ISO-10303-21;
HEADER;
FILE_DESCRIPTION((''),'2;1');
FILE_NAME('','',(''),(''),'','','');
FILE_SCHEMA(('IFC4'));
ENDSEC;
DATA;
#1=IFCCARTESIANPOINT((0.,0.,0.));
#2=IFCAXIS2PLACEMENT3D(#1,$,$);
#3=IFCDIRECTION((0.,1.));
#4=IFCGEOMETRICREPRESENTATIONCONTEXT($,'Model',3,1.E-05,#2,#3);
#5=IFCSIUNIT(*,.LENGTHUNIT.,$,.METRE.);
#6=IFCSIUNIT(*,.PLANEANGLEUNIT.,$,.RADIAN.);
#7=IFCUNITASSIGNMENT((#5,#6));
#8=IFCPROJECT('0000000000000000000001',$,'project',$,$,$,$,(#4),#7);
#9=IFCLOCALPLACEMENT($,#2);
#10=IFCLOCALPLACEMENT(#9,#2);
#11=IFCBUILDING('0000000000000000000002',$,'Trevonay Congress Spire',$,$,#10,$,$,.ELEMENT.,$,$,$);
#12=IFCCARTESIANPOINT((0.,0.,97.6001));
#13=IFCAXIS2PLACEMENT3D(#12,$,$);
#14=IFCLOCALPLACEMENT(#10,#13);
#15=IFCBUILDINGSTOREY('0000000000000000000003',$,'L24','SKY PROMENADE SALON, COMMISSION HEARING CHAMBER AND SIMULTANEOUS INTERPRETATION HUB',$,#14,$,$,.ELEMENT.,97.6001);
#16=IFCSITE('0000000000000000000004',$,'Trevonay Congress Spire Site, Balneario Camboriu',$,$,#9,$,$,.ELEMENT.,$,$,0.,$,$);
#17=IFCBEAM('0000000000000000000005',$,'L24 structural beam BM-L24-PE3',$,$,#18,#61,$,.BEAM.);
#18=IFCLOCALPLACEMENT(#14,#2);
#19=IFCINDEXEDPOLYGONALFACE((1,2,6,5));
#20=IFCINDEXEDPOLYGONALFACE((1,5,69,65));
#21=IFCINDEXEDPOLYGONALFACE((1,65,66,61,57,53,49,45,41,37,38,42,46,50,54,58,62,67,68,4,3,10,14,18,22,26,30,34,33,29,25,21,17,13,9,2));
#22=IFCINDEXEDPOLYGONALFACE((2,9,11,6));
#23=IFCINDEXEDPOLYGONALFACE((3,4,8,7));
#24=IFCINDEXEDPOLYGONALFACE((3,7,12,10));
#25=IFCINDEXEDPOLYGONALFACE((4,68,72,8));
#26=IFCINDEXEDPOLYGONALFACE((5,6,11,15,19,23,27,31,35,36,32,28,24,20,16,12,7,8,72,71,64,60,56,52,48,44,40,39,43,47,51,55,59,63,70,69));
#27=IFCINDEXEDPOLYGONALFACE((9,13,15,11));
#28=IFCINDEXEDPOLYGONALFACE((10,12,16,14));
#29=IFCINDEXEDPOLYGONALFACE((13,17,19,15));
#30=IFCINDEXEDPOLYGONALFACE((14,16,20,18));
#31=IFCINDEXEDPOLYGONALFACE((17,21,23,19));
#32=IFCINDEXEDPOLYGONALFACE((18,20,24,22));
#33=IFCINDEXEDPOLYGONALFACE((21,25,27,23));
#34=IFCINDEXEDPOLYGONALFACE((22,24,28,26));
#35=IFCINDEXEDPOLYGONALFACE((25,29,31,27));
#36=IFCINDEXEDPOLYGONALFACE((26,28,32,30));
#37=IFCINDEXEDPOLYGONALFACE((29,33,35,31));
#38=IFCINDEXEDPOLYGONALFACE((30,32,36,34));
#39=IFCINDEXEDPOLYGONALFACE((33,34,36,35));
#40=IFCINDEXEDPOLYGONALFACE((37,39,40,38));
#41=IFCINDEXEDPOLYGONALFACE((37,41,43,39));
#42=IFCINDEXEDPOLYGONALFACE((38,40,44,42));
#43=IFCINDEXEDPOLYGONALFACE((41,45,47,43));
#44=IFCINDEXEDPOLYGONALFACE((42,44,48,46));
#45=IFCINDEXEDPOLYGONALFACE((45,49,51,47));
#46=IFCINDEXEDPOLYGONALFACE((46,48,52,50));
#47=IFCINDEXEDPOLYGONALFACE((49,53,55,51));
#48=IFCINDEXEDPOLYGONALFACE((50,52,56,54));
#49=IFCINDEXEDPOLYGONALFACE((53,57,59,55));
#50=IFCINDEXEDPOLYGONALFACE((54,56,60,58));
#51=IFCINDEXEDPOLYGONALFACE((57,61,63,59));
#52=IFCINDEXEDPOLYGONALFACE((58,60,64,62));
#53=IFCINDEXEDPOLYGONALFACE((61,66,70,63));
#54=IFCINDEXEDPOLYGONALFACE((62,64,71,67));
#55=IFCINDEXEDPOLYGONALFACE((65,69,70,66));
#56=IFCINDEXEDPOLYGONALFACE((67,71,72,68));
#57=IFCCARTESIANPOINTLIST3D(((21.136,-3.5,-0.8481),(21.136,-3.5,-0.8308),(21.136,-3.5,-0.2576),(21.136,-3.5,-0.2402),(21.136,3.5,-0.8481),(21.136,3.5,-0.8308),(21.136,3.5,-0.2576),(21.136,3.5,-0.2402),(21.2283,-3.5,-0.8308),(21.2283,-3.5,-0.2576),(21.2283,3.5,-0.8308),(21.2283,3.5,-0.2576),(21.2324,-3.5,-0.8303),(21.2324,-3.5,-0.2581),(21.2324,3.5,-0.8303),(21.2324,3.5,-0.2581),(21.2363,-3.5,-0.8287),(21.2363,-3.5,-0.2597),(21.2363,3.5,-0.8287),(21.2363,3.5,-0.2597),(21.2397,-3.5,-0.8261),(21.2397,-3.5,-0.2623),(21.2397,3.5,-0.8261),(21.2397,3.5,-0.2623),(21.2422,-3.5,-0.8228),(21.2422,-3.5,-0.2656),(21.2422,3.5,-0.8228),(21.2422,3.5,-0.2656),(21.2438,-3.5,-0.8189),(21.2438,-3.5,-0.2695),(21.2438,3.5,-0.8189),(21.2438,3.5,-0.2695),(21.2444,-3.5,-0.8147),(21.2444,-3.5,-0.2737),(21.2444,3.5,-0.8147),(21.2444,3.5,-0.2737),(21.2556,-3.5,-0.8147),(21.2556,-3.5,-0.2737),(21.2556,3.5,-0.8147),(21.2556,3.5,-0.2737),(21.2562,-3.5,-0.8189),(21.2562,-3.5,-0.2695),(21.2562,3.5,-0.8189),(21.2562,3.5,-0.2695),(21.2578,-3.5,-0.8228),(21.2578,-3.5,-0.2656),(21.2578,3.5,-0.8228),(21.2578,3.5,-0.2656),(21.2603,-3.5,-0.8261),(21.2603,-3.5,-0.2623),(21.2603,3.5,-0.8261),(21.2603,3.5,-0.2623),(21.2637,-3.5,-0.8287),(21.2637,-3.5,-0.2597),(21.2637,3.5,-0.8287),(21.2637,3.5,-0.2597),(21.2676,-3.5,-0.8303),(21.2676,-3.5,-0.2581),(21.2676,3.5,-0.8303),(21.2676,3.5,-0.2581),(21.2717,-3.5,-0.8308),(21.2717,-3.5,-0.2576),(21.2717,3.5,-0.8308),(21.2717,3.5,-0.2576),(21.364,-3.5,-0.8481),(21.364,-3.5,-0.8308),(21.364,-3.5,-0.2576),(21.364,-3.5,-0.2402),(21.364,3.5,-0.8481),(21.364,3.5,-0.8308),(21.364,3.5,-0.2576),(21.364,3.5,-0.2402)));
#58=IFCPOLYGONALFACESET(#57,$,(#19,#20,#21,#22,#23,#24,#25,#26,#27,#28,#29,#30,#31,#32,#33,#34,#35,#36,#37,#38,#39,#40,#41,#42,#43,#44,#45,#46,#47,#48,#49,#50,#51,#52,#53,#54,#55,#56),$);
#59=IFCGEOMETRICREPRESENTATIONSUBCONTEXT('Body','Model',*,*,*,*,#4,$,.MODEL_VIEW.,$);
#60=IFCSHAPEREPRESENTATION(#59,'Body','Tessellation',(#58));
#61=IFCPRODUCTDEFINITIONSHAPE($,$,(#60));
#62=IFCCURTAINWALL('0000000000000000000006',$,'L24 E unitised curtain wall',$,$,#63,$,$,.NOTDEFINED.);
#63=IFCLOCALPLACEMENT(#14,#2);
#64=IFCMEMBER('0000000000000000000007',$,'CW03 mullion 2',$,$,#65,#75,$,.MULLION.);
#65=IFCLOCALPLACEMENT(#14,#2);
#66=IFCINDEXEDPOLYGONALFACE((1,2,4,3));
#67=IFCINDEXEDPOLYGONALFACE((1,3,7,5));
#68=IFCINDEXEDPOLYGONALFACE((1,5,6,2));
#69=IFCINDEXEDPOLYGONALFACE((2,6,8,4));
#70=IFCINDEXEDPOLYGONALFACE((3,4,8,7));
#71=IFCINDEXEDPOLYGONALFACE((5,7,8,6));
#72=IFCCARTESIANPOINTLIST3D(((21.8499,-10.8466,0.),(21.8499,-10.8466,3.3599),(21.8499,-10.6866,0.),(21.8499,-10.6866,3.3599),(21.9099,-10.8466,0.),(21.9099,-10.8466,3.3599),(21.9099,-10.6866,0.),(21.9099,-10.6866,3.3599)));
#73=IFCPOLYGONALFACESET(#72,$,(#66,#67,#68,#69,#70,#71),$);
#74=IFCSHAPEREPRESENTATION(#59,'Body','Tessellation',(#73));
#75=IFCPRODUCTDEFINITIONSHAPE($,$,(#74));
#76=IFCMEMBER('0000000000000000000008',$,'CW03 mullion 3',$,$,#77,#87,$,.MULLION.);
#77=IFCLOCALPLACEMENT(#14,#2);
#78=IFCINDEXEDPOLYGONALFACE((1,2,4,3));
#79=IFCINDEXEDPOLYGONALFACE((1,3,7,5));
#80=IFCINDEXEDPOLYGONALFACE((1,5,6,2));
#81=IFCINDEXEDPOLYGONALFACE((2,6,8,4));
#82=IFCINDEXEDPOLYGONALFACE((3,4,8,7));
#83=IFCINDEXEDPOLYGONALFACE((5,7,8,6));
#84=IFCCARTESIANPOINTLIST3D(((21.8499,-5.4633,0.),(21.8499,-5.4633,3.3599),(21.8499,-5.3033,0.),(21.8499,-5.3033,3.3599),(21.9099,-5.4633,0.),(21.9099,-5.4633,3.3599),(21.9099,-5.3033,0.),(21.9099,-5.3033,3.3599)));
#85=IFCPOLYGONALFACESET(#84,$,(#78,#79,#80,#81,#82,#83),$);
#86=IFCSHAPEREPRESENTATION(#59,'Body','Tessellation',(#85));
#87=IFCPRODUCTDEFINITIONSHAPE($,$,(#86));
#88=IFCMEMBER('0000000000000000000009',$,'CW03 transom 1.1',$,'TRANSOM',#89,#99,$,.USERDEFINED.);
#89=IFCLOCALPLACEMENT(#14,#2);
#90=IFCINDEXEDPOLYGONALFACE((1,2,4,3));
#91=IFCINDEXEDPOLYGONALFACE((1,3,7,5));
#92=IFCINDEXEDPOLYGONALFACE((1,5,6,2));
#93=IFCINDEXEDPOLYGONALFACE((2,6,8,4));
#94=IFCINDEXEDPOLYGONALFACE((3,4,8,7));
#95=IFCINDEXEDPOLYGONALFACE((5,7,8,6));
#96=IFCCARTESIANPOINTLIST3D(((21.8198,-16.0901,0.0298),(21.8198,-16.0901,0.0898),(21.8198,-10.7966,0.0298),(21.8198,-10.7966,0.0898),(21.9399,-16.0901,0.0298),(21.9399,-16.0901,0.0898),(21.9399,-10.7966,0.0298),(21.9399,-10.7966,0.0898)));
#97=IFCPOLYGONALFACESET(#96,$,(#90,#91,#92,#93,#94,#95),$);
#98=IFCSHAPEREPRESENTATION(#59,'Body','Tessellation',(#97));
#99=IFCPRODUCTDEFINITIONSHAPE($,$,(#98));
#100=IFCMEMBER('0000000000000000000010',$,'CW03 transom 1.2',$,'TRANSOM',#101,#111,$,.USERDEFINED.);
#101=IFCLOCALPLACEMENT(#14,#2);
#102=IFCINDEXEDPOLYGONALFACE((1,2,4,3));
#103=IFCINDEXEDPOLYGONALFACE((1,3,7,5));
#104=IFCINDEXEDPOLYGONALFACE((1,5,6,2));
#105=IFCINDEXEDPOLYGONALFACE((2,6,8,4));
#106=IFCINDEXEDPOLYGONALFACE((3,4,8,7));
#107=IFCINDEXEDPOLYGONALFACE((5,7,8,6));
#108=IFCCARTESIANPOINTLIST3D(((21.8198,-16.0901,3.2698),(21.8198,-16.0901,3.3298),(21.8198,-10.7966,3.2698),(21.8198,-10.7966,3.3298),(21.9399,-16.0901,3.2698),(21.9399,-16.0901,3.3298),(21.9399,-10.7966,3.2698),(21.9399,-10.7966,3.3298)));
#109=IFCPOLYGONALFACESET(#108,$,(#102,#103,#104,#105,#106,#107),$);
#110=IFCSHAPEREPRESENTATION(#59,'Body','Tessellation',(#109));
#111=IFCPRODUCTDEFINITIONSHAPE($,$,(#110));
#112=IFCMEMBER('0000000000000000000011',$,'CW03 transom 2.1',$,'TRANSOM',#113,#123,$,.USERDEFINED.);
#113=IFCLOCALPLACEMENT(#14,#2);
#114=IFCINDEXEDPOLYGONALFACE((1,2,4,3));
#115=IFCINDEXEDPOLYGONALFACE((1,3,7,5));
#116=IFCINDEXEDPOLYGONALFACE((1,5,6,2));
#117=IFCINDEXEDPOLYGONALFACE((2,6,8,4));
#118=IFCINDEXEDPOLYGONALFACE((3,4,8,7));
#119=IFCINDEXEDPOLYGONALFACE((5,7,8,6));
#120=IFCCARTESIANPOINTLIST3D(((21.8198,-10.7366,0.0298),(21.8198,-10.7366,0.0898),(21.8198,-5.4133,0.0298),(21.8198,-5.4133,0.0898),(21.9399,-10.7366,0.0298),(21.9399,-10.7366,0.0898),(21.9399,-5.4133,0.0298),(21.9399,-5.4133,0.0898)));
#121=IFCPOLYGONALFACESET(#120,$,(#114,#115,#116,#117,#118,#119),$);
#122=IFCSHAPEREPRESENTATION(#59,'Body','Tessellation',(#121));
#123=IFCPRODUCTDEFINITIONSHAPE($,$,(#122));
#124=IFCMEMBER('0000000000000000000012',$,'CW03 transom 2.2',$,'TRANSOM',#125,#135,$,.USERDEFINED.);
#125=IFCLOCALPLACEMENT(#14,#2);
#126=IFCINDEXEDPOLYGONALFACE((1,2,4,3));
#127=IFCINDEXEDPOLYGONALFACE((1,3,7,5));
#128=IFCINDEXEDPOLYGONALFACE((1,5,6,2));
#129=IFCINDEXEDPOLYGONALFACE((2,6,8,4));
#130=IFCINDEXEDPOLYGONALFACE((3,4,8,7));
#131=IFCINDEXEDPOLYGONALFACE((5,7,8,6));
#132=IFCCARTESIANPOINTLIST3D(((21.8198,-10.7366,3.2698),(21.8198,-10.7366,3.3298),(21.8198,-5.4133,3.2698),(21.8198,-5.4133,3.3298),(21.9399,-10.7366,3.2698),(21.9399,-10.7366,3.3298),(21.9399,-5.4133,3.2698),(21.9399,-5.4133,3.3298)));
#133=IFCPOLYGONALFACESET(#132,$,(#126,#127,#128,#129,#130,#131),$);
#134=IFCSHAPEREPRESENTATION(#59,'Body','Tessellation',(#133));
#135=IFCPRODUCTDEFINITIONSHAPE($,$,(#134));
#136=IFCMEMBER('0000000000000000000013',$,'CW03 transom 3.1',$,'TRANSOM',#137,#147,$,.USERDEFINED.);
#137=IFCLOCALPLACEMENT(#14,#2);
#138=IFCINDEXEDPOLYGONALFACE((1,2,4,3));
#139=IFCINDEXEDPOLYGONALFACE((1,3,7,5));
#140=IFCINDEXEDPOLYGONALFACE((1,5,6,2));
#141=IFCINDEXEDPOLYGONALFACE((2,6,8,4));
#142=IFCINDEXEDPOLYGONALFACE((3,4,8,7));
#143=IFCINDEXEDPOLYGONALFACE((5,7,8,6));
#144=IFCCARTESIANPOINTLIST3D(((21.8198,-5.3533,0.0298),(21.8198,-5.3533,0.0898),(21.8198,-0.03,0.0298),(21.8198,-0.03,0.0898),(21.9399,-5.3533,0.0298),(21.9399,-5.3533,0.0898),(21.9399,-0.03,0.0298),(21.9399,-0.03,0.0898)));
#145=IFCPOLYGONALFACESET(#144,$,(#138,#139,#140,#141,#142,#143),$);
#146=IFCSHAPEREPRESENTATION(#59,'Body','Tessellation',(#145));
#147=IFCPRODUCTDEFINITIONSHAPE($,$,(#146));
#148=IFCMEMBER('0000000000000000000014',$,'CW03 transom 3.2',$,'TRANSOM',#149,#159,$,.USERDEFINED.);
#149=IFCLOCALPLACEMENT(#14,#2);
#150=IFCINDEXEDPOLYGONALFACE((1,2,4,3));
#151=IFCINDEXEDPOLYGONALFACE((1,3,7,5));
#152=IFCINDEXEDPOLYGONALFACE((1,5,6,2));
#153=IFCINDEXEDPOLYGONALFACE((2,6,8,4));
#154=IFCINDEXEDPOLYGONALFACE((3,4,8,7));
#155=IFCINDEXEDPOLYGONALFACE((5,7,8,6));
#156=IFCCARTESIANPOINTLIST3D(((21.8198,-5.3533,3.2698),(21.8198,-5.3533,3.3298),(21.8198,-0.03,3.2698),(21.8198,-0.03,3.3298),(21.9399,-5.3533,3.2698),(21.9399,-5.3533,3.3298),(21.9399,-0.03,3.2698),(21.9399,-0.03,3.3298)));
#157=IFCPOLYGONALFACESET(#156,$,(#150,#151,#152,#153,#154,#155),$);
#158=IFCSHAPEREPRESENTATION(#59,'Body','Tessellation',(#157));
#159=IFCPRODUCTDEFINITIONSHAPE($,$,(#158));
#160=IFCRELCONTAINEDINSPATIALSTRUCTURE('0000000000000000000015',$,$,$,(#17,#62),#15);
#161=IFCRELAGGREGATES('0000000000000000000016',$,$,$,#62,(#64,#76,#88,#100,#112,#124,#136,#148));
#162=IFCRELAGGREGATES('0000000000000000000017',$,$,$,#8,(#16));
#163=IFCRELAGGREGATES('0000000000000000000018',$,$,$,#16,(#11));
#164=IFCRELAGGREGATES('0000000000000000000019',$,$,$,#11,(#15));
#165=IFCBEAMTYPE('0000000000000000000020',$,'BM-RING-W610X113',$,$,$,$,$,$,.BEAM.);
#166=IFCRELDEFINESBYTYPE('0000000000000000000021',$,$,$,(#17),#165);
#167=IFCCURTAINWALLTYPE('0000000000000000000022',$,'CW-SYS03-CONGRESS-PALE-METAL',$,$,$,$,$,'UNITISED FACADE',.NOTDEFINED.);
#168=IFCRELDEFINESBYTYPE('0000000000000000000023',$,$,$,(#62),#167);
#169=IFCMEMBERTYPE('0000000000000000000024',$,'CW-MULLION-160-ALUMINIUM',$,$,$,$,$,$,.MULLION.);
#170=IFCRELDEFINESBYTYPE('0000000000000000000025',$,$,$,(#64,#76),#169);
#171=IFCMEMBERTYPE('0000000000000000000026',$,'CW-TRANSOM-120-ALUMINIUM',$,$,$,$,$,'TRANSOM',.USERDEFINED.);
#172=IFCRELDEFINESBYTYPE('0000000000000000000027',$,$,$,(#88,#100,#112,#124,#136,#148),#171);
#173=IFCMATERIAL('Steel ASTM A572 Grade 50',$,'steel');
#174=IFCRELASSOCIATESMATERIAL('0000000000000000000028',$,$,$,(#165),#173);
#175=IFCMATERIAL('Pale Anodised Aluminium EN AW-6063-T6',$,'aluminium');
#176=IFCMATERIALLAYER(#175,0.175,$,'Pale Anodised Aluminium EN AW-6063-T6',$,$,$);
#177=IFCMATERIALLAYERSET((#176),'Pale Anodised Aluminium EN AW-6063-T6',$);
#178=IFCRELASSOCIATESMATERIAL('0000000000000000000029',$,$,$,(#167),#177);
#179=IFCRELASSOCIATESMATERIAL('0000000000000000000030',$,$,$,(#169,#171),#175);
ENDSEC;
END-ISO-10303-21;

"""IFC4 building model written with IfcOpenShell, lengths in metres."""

from ifc_helpers import new_model, si_unit, direction, frame, origin, origin_2d, place, context, subcontext, project, spatial, rectangle, i_section, extrude, material, layer, layer_set, material_profile, profile_set, type_object, element, aggregate, save


model = new_model("IFC4")

# Units and contexts
model_context = context("Model", 3, precision=1e-05, world=origin(), true_north=direction((0.0, 1.0)))
body_context = subcontext(model_context, "Body", "Model", "MODEL_VIEW")
ifc_project = project(units=[si_unit("LENGTHUNIT", "METRE"), si_unit("PLANEANGLEUNIT", "RADIAN")], contexts=[model_context])

# Site, building, storey
site_placement = place(None, origin())
site = spatial("IfcSite", under=ifc_project, at=site_placement, Name="Trevonay Congress Spire Site, Balneario Camboriu", CompositionType="ELEMENT", RefElevation=0.0)
building_placement = place(site_placement, origin())
building = spatial("IfcBuilding", under=site, at=building_placement, Name="Trevonay Congress Spire", CompositionType="ELEMENT")
storey_placement = place(building_placement, frame((0.0, 0.0, 97.6001)))
storey = spatial("IfcBuildingStorey", under=building, at=storey_placement, Name="L24", Description="SKY PROMENADE SALON, COMMISSION HEARING CHAMBER AND SIMULTANEOUS INTERPRETATION HUB", CompositionType="ELEMENT", Elevation=97.6001)

# Shared definitions
ifc_material_1 = material(Name="Steel ASTM A572 Grade 50", Category="steel")

# Beam
ifc_material_profile_1 = material_profile(ifc_material_1, i_section(OverallWidth=0.228, OverallDepth=0.6079, WebThickness=0.0112, FlangeThickness=0.0173, FilletRadius=0.0161, at=origin_2d()), Name="W610x113")
ifc_profile_set_1 = profile_set([ifc_material_profile_1], Name="Steel ASTM A572 Grade 50")
beam_type_1 = type_object("IfcBeamType", Name="BM-RING-W610X113", PredefinedType="BEAM", material=ifc_profile_set_1)
beam_1_placement = place(storey_placement, frame((21.25, -3.5, -0.5442), z_axis=(0.0, 1.0, 0.0), x_axis=(-1.0, 0.0, 0.0)))
element("IfcBeam", 1, at=beam_1_placement, inside=storey, type_object=beam_type_1, Name="L24 structural beam BM-L24-PE3", PredefinedType="BEAM", context=body_context, shape_type="SweptSolid", body=[
    extrude(i_section(OverallWidth=0.228, OverallDepth=0.6079, WebThickness=0.0112, FlangeThickness=0.0173, FilletRadius=0.0161, at=origin_2d()), origin(), (0.0, 0.0, 1.0), 7.0),
])

# Curtain wall, members
ifc_material_2 = material(Name="Pale Anodised Aluminium EN AW-6063-T6", Category="aluminium")
ifc_layer_1 = layer(ifc_material_2, 0.175, Name="Pale Anodised Aluminium EN AW-6063-T6")
ifc_layer_set_1 = layer_set([ifc_layer_1], Name="Pale Anodised Aluminium EN AW-6063-T6")
curtain_wall_type = type_object("IfcCurtainWallType", Name="CW-SYS03-CONGRESS-PALE-METAL", ElementType="UNITISED FACADE", PredefinedType="NOTDEFINED", material=ifc_layer_set_1)
curtain_wall_placement = place(storey_placement, origin())
curtain_wall = element("IfcCurtainWall", 2, at=curtain_wall_placement, inside=storey, type_object=curtain_wall_type, Name="L24 E unitised curtain wall", PredefinedType="NOTDEFINED")
ifc_material_profile_2 = material_profile(ifc_material_2, rectangle(XDim=0.0601, YDim=0.1599, at=origin_2d()), Name="CW-MULLION-160-ALUMINIUM")
ifc_profile_set_2 = profile_set([ifc_material_profile_2], Name="Pale Anodised Aluminium EN AW-6063-T6")
member_type_1 = type_object("IfcMemberType", Name="CW-MULLION-160-ALUMINIUM", PredefinedType="MULLION", material=ifc_profile_set_2)
member_1_placement = place(storey_placement, frame((21.8799, -10.7666, 0.0), z_axis=(0.0, 0.0, 1.0), x_axis=(-1.0, 0.0, 0.0)))
member_1 = element("IfcMember", 3, at=member_1_placement, type_object=member_type_1, Name="CW03 mullion 2", PredefinedType="MULLION", context=body_context, shape_type="SweptSolid", body=[
    extrude(rectangle(XDim=0.0601, YDim=0.1599, at=origin_2d()), origin(), (0.0, 0.0, 1.0), 3.3599),
])
member_2_placement = place(storey_placement, frame((21.8799, -5.3833, 0.0), z_axis=(0.0, 0.0, 1.0), x_axis=(-1.0, 0.0, 0.0)))
member_2 = element("IfcMember", 4, at=member_2_placement, type_object=member_type_1, Name="CW03 mullion 3", PredefinedType="MULLION", context=body_context, shape_type="SweptSolid", body=[
    extrude(rectangle(XDim=0.0601, YDim=0.1599, at=origin_2d()), origin(), (0.0, 0.0, 1.0), 3.3599),
])
ifc_material_profile_3 = material_profile(ifc_material_2, rectangle(XDim=0.1201, YDim=0.0601, at=origin_2d()), Name="CW-TRANSOM-120-ALUMINIUM")
ifc_profile_set_3 = profile_set([ifc_material_profile_3], Name="Pale Anodised Aluminium EN AW-6063-T6")
member_type_2 = type_object("IfcMemberType", Name="CW-TRANSOM-120-ALUMINIUM", ElementType="TRANSOM", PredefinedType="USERDEFINED", material=ifc_profile_set_3)
member_3_placement = place(storey_placement, frame((21.8799, -16.0901, 0.0598), z_axis=(0.0, 1.0, 0.0), x_axis=(-1.0, 0.0, 0.0)))
member_3 = element("IfcMember", 5, at=member_3_placement, type_object=member_type_2, Name="CW03 transom 1.1", ObjectType="TRANSOM", PredefinedType="USERDEFINED", context=body_context, shape_type="SweptSolid", body=[
    extrude(rectangle(XDim=0.1201, YDim=0.0601, at=origin_2d()), origin(), (0.0, 0.0, 1.0), 5.2935),
])
member_4_placement = place(storey_placement, frame((21.8799, -16.0901, 3.2998), z_axis=(0.0, 1.0, 0.0), x_axis=(-1.0, 0.0, 0.0)))
member_4 = element("IfcMember", 6, at=member_4_placement, type_object=member_type_2, Name="CW03 transom 1.2", ObjectType="TRANSOM", PredefinedType="USERDEFINED", context=body_context, shape_type="SweptSolid", body=[
    extrude(rectangle(XDim=0.1201, YDim=0.0601, at=origin_2d()), origin(), (0.0, 0.0, 1.0), 5.2935),
])
member_5_placement = place(storey_placement, frame((21.8799, -10.7366, 0.0598), z_axis=(0.0, 1.0, 0.0), x_axis=(-1.0, 0.0, 0.0)))
member_5 = element("IfcMember", 7, at=member_5_placement, type_object=member_type_2, Name="CW03 transom 2.1", ObjectType="TRANSOM", PredefinedType="USERDEFINED", context=body_context, shape_type="SweptSolid", body=[
    extrude(rectangle(XDim=0.1201, YDim=0.0601, at=origin_2d()), origin(), (0.0, 0.0, 1.0), 5.3232),
])
member_6_placement = place(storey_placement, frame((21.8799, -10.7366, 3.2998), z_axis=(0.0, 1.0, 0.0), x_axis=(-1.0, 0.0, 0.0)))
member_6 = element("IfcMember", 8, at=member_6_placement, type_object=member_type_2, Name="CW03 transom 2.2", ObjectType="TRANSOM", PredefinedType="USERDEFINED", context=body_context, shape_type="SweptSolid", body=[
    extrude(rectangle(XDim=0.1201, YDim=0.0601, at=origin_2d()), origin(), (0.0, 0.0, 1.0), 5.3232),
])
member_7_placement = place(storey_placement, frame((21.8799, -5.3533, 0.0598), z_axis=(0.0, 1.0, 0.0), x_axis=(-1.0, 0.0, 0.0)))
member_7 = element("IfcMember", 9, at=member_7_placement, type_object=member_type_2, Name="CW03 transom 3.1", ObjectType="TRANSOM", PredefinedType="USERDEFINED", context=body_context, shape_type="SweptSolid", body=[
    extrude(rectangle(XDim=0.1201, YDim=0.0601, at=origin_2d()), origin(), (0.0, 0.0, 1.0), 5.3232),
])
member_8_placement = place(storey_placement, frame((21.8799, -5.3533, 3.2998), z_axis=(0.0, 1.0, 0.0), x_axis=(-1.0, 0.0, 0.0)))
member_8 = element("IfcMember", 10, at=member_8_placement, type_object=member_type_2, Name="CW03 transom 3.2", ObjectType="TRANSOM", PredefinedType="USERDEFINED", context=body_context, shape_type="SweptSolid", body=[
    extrude(rectangle(XDim=0.1201, YDim=0.0601, at=origin_2d()), origin(), (0.0, 0.0, 1.0), 5.3232),
])

aggregate(curtain_wall, [member_1, member_2, member_3, member_4, member_5, member_6, member_7, member_8])

save(model, "model.ifc")
